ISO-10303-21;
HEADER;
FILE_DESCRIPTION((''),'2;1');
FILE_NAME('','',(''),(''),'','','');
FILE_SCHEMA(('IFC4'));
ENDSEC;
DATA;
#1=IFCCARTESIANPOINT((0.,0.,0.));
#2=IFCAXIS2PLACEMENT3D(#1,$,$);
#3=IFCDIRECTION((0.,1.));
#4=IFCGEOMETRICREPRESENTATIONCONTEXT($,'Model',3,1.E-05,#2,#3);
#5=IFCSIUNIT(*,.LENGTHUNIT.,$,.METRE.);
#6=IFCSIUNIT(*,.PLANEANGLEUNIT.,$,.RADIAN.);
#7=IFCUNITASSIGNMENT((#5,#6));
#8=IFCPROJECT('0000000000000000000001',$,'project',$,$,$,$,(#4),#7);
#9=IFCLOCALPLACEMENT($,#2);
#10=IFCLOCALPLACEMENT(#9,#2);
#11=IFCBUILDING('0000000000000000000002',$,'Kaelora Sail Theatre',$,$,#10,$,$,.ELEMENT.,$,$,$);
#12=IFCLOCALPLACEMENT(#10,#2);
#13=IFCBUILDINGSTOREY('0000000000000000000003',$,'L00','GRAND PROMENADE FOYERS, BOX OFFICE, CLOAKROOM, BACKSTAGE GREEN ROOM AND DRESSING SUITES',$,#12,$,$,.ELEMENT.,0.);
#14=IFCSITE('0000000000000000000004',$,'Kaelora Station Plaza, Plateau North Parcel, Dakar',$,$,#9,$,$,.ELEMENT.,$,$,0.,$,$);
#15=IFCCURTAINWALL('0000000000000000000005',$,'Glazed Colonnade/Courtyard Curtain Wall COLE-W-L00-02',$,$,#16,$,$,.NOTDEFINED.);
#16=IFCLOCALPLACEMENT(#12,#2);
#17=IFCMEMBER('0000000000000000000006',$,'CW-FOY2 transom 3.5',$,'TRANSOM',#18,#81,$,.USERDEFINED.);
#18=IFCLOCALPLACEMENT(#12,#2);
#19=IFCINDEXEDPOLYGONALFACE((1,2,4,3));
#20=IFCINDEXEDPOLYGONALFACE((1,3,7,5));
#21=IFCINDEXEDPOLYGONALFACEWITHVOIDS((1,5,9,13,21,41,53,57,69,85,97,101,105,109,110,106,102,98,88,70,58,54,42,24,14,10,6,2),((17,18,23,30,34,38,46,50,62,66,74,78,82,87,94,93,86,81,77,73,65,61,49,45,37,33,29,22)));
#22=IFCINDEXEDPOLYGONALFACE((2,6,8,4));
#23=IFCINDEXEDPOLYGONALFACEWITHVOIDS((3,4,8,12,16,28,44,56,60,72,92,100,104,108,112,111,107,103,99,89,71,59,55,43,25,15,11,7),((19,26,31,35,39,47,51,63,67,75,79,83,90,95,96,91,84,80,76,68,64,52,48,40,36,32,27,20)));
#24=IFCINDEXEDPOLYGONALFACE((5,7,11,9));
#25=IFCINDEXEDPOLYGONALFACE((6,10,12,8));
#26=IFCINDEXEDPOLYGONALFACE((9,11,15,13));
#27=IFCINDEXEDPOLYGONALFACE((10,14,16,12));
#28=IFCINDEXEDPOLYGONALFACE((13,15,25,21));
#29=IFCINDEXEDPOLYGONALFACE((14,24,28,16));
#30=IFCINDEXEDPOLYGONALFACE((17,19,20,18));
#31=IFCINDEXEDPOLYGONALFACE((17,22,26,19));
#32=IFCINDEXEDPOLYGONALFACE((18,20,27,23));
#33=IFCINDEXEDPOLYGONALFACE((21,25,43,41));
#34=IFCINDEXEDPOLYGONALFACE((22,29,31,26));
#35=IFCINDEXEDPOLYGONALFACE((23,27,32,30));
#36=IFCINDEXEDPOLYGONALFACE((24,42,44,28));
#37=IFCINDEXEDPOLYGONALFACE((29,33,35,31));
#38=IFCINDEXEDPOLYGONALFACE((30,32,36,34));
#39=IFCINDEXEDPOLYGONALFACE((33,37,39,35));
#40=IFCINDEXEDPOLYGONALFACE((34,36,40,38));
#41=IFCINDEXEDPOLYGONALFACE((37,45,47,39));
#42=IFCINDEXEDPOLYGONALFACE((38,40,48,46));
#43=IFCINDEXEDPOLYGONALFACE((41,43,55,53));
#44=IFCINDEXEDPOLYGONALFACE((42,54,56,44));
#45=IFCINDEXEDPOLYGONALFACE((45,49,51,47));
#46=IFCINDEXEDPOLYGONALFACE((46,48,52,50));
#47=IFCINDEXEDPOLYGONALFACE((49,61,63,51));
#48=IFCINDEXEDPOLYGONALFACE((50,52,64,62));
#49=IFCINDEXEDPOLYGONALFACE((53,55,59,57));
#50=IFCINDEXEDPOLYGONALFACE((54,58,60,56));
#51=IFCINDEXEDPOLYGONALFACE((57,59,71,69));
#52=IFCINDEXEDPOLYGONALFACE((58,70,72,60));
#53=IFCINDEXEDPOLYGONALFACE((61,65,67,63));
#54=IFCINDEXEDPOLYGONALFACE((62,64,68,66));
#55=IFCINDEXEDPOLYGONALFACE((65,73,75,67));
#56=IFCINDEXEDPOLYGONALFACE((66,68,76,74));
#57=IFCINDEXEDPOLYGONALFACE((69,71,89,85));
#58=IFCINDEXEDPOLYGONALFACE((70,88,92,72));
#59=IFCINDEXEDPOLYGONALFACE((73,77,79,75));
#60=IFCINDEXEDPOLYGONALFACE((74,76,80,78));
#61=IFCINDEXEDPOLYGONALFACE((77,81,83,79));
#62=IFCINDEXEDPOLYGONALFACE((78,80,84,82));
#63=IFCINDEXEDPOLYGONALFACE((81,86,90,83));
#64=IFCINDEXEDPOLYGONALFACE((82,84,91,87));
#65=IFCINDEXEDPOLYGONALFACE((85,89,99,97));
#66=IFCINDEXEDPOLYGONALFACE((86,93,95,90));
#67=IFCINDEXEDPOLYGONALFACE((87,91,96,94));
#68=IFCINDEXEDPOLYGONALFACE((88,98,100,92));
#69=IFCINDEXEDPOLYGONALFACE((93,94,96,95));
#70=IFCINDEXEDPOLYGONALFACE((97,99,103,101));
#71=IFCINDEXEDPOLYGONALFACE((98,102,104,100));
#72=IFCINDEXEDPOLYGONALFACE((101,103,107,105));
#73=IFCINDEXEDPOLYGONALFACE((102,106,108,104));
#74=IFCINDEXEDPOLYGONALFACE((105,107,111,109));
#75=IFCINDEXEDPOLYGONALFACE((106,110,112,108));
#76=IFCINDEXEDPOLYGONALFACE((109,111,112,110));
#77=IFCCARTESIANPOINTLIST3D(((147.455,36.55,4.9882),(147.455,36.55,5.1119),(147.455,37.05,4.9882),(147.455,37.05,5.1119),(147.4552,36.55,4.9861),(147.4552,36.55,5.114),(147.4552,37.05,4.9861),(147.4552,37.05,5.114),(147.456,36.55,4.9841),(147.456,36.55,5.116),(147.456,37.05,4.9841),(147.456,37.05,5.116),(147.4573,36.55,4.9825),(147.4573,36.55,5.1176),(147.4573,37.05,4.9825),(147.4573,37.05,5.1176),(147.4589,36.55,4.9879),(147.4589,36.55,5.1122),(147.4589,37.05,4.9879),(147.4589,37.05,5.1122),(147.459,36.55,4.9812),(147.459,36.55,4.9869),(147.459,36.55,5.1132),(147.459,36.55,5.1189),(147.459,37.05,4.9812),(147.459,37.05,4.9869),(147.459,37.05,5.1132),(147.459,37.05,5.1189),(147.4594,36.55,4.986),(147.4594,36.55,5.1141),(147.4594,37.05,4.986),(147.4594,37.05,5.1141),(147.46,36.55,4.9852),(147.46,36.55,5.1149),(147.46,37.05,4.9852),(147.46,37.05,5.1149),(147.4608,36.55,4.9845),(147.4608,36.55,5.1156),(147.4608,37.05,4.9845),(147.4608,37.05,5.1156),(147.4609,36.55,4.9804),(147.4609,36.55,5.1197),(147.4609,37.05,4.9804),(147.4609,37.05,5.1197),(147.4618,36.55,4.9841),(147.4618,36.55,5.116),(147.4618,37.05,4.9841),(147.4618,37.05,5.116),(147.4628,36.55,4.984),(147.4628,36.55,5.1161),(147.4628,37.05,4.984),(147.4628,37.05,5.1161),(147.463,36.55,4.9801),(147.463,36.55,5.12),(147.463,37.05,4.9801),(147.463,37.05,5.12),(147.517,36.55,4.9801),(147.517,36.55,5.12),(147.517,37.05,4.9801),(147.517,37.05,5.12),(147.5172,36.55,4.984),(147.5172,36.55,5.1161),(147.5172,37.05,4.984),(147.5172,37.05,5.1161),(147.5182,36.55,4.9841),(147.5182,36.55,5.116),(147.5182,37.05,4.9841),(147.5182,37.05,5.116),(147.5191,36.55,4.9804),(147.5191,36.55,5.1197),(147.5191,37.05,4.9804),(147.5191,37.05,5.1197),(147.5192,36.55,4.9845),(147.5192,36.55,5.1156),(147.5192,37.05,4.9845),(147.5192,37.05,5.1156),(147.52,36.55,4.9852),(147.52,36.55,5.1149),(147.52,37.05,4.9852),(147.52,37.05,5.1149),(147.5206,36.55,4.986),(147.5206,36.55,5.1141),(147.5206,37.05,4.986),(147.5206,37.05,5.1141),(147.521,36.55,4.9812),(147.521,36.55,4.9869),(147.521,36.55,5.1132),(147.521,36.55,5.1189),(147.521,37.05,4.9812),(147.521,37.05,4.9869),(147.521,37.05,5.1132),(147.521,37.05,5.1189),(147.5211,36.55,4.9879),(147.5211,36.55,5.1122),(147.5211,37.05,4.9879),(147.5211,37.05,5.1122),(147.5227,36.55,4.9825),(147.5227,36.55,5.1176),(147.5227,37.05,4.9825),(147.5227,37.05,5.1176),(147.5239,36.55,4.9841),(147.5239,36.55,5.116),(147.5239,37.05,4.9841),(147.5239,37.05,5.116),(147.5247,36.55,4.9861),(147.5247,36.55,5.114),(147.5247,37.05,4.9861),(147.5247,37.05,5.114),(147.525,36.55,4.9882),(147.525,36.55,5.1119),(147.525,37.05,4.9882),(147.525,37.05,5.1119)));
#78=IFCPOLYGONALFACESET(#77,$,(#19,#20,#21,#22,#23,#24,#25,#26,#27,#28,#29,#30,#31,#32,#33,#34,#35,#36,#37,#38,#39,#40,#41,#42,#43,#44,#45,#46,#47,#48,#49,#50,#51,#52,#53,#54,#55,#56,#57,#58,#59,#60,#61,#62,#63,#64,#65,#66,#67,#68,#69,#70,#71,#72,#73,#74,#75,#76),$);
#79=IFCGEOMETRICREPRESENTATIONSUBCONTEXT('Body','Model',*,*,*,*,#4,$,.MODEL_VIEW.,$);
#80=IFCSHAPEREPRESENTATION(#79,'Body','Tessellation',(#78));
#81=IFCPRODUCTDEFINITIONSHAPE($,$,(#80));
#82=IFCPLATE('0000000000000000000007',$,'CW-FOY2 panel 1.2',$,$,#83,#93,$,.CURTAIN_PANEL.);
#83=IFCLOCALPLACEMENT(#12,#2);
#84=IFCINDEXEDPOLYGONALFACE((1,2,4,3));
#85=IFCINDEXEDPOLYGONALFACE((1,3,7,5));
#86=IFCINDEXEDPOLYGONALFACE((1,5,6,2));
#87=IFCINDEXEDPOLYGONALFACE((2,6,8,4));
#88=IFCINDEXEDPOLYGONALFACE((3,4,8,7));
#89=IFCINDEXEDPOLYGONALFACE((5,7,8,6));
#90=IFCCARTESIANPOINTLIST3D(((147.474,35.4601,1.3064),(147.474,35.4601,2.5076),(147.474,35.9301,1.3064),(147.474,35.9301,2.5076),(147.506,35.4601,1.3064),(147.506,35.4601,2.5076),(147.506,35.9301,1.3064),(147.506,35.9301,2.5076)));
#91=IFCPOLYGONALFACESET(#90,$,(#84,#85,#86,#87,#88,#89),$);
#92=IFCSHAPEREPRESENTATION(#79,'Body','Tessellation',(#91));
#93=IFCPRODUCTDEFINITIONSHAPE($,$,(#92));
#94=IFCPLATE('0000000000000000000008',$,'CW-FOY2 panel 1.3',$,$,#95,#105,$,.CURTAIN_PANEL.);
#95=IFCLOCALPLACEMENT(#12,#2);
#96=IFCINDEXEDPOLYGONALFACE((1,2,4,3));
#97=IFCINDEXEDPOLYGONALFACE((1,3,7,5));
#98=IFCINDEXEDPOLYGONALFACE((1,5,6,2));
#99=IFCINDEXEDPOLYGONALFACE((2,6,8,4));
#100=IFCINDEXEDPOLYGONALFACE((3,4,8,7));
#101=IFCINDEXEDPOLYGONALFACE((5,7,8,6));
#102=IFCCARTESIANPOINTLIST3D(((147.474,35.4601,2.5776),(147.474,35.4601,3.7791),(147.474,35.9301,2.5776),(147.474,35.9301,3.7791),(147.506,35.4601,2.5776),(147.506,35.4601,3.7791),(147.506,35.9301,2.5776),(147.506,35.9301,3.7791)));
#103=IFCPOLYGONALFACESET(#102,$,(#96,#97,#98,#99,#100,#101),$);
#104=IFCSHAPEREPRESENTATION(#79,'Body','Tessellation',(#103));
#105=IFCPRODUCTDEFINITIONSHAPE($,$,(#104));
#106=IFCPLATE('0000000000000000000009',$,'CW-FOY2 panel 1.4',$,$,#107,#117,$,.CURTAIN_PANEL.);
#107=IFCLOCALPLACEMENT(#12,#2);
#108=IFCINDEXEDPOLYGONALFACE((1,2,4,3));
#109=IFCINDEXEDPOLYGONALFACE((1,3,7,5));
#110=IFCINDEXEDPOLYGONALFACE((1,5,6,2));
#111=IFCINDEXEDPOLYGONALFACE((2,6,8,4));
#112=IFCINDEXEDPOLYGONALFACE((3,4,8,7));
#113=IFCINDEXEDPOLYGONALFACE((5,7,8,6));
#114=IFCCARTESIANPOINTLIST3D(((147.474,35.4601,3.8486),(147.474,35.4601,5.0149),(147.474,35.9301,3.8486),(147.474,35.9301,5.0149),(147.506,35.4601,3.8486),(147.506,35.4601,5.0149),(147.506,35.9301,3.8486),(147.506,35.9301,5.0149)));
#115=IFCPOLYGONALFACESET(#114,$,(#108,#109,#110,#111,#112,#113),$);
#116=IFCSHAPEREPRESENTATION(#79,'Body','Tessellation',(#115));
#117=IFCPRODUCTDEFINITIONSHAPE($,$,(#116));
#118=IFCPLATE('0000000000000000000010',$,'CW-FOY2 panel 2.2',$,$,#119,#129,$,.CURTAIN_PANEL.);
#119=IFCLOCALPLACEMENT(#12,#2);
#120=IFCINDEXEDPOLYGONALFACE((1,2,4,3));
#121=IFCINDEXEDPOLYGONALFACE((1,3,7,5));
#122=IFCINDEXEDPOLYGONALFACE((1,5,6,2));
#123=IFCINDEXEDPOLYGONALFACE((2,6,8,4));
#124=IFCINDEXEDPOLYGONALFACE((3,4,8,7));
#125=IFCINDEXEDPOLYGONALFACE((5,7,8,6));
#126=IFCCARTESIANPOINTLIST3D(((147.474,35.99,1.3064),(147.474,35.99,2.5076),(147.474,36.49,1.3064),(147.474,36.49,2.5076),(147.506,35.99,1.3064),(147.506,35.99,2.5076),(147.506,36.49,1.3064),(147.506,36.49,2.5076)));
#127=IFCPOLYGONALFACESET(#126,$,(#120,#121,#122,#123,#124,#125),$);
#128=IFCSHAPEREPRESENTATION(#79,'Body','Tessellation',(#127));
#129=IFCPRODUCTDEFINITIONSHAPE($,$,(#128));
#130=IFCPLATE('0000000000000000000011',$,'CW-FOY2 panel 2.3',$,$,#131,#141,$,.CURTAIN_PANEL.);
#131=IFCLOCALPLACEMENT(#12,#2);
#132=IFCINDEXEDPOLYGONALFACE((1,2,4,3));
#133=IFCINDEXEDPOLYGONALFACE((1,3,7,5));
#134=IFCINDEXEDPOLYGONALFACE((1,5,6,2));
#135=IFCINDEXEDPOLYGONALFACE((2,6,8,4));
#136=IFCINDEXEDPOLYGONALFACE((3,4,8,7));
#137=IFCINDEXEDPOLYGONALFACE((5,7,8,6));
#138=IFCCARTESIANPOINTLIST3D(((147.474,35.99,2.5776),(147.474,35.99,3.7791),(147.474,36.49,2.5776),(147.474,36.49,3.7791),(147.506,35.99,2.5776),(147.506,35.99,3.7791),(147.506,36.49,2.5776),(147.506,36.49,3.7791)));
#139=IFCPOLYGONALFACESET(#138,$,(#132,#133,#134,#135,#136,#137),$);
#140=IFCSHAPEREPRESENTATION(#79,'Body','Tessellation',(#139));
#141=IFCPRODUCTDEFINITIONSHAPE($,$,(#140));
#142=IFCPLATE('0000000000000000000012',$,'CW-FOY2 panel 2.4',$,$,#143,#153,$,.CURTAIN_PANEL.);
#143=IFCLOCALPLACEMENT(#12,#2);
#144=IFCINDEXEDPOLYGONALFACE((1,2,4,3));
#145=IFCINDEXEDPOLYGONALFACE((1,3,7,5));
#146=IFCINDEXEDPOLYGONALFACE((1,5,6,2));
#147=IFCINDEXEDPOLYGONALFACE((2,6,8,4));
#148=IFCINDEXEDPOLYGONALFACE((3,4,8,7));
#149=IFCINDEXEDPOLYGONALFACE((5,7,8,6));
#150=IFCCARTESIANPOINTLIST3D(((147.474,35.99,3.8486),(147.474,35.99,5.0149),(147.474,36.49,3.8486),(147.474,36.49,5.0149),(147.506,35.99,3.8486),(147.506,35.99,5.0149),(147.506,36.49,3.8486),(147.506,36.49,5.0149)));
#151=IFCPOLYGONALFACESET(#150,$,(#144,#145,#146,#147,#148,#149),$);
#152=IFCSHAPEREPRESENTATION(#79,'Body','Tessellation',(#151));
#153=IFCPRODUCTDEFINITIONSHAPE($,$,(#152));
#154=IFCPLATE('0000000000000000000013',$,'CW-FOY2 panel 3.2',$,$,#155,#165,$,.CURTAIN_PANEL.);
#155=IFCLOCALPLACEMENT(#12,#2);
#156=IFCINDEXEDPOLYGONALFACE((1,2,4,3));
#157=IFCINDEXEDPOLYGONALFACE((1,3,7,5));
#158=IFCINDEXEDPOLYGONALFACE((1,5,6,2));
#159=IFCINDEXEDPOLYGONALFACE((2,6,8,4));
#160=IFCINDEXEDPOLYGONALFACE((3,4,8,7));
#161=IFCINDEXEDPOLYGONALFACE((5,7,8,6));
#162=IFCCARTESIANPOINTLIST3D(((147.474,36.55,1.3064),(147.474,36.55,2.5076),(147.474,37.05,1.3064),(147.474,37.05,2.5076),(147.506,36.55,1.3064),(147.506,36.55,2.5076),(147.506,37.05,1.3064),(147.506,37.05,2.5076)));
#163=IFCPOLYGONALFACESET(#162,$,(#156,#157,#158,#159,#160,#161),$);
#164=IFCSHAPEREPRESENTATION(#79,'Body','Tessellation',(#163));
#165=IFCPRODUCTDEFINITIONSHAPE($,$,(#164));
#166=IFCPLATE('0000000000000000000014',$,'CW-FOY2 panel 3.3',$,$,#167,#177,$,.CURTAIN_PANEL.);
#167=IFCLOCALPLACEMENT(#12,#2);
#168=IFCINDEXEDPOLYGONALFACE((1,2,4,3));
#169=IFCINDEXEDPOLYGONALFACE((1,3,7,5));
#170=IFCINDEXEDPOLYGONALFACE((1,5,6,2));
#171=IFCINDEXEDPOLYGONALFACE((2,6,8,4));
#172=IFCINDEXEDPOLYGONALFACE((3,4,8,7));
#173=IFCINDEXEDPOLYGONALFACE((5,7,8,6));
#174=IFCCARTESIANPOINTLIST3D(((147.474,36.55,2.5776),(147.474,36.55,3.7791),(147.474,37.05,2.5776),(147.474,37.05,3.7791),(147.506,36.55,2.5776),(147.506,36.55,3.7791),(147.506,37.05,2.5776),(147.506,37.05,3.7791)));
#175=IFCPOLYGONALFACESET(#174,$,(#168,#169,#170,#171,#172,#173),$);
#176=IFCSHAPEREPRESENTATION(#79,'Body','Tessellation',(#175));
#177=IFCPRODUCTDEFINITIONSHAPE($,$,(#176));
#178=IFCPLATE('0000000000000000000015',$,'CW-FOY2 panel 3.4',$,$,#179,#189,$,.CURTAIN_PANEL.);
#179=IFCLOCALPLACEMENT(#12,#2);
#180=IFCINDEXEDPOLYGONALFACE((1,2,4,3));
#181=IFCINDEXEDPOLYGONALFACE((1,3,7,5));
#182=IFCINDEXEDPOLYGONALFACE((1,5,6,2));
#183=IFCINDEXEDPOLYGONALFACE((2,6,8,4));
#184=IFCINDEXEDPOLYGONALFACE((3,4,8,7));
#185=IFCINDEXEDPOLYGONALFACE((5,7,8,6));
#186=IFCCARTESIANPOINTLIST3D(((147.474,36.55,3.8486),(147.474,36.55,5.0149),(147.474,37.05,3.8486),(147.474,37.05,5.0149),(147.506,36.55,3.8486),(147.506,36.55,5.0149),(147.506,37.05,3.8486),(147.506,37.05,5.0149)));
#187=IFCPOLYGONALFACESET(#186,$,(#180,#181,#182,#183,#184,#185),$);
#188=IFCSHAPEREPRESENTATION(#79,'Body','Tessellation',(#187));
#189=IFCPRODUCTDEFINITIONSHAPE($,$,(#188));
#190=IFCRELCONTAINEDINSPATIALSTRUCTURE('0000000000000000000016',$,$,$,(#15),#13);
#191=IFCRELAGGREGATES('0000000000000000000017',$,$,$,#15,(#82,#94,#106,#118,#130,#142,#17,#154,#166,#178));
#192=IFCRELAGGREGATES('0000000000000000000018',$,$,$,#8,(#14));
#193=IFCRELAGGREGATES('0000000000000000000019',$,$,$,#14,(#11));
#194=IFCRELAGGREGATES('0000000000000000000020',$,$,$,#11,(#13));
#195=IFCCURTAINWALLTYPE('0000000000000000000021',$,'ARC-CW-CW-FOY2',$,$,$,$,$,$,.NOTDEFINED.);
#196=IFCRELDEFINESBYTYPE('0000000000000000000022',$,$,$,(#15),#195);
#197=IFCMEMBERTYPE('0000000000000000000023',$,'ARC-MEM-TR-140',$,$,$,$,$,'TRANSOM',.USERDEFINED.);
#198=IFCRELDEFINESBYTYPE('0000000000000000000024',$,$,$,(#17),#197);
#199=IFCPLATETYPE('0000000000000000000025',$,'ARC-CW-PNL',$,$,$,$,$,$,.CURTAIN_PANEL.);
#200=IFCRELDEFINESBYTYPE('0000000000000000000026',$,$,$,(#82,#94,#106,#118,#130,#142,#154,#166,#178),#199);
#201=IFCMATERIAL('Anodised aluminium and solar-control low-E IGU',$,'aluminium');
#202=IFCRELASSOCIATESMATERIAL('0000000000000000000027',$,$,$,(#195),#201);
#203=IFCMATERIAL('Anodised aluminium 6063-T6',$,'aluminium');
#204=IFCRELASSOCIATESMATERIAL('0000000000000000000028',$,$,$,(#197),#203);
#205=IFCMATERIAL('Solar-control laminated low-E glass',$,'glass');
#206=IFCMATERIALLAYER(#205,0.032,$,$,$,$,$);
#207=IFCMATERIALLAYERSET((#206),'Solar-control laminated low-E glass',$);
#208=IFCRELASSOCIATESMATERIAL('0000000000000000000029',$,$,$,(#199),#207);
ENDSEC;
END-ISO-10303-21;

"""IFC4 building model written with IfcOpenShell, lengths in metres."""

from ifc_helpers import new_model, si_unit, direction, frame, origin, origin_2d, place, context, subcontext, project, spatial, rectangle, hollow_rectangle, extrude, material, layer, layer_set, material_profile, profile_set, type_object, element, aggregate, save


model = new_model("IFC4")

# Units and contexts
model_context = context("Model", 3, precision=1e-05, world=origin(), true_north=direction((0.0, 1.0)))
body_context = subcontext(model_context, "Body", "Model", "MODEL_VIEW")
ifc_project = project(units=[si_unit("LENGTHUNIT", "METRE"), si_unit("PLANEANGLEUNIT", "RADIAN")], contexts=[model_context])

# Site, building, storey
site_placement = place(None, origin())
site = spatial("IfcSite", under=ifc_project, at=site_placement, Name="Kaelora Station Plaza, Plateau North Parcel, Dakar", CompositionType="ELEMENT", RefElevation=0.0)
building_placement = place(site_placement, origin())
building = spatial("IfcBuilding", under=site, at=building_placement, Name="Kaelora Sail Theatre", CompositionType="ELEMENT")
storey_placement = place(building_placement, origin())
storey = spatial("IfcBuildingStorey", under=building, at=storey_placement, Name="L00", Description="GRAND PROMENADE FOYERS, BOX OFFICE, CLOAKROOM, BACKSTAGE GREEN ROOM AND DRESSING SUITES", CompositionType="ELEMENT", Elevation=0.0)

# Curtain wall, member, plates
ifc_material_1 = material(Name="Anodised aluminium and solar-control low-E IGU", Category="aluminium")
curtain_wall_type = type_object("IfcCurtainWallType", Name="ARC-CW-CW-FOY2", PredefinedType="NOTDEFINED", material=ifc_material_1)
curtain_wall_placement = place(storey_placement, origin())
curtain_wall = element("IfcCurtainWall", 1, at=curtain_wall_placement, inside=storey, type_object=curtain_wall_type, Name="Glazed Colonnade/Courtyard Curtain Wall COLE-W-L00-02", PredefinedType="NOTDEFINED")
ifc_material_2 = material(Name="Anodised aluminium 6063-T6", Category="aluminium")
ifc_material_profile_1 = material_profile(ifc_material_2, hollow_rectangle(XDim=0.0701, YDim=0.1399, WallThickness=0.0039, InnerFilletRadius=0.0039, OuterFilletRadius=0.0081, at=origin_2d()), Name="ALU-TRAN 70x140x4")
ifc_profile_set_1 = profile_set([ifc_material_profile_1], Name="Anodised aluminium 6063-T6")
member_type_1 = type_object("IfcMemberType", Name="ARC-MEM-TR-140", ElementType="TRANSOM", PredefinedType="USERDEFINED", material=ifc_profile_set_1)
member_1_placement = place(storey_placement, frame((147.49, 36.55, 5.05), z_axis=(0.0, 1.0, 0.0), x_axis=(-1.0, 0.0, 0.0)))
member_1 = element("IfcMember", 2, at=member_1_placement, type_object=member_type_1, Name="CW-FOY2 transom 3.5", ObjectType="TRANSOM", PredefinedType="USERDEFINED", context=body_context, shape_type="SweptSolid", body=[
    extrude(hollow_rectangle(XDim=0.0701, YDim=0.1399, WallThickness=0.0039, InnerFilletRadius=0.0039, OuterFilletRadius=0.0081, at=origin_2d()), origin(), (0.0, 0.0, 1.0), 0.5),
])
ifc_material_3 = material(Name="Solar-control laminated low-E glass", Category="glass")
ifc_layer = layer(ifc_material_3, 0.032)
ifc_layer_set = layer_set([ifc_layer], Name="Solar-control laminated low-E glass")
plate_type = type_object("IfcPlateType", Name="ARC-CW-PNL", PredefinedType="CURTAIN_PANEL", material=ifc_layer_set)
plate_1_placement = place(storey_placement, frame((147.49, 35.6951, 1.3064), z_axis=(0.0, 0.0, 1.0), x_axis=(0.0, 1.0, 0.0)))
plate_1 = element("IfcPlate", 3, at=plate_1_placement, type_object=plate_type, Name="CW-FOY2 panel 1.2", PredefinedType="CURTAIN_PANEL", context=body_context, shape_type="SweptSolid", body=[
    extrude(rectangle(XDim=0.47, YDim=0.032, at=origin_2d()), origin(), (0.0, 0.0, 1.0), 1.2012),
])
plate_2_placement = place(storey_placement, frame((147.49, 35.6951, 2.5776), z_axis=(0.0, 0.0, 1.0), x_axis=(0.0, 1.0, 0.0)))
plate_2 = element("IfcPlate", 4, at=plate_2_placement, type_object=plate_type, Name="CW-FOY2 panel 1.3", PredefinedType="CURTAIN_PANEL", context=body_context, shape_type="SweptSolid", body=[
    extrude(rectangle(XDim=0.47, YDim=0.032, at=origin_2d()), origin(), (0.0, 0.0, 1.0), 1.2014),
])
plate_3_placement = place(storey_placement, frame((147.49, 35.6951, 3.8486), z_axis=(0.0, 0.0, 1.0), x_axis=(0.0, 1.0, 0.0)))
plate_3 = element("IfcPlate", 5, at=plate_3_placement, type_object=plate_type, Name="CW-FOY2 panel 1.4", PredefinedType="CURTAIN_PANEL", context=body_context, shape_type="SweptSolid", body=[
    extrude(rectangle(XDim=0.47, YDim=0.032, at=origin_2d()), origin(), (0.0, 0.0, 1.0), 1.1663),
])
plate_4_placement = place(storey_placement, frame((147.49, 36.24, 1.3064), z_axis=(0.0, 0.0, 1.0), x_axis=(0.0, 1.0, 0.0)))
plate_4 = element("IfcPlate", 6, at=plate_4_placement, type_object=plate_type, Name="CW-FOY2 panel 2.2", PredefinedType="CURTAIN_PANEL", context=body_context, shape_type="SweptSolid", body=[
    extrude(rectangle(XDim=0.5, YDim=0.032, at=origin_2d()), origin(), (0.0, 0.0, 1.0), 1.2012),
])
plate_5_placement = place(storey_placement, frame((147.49, 36.24, 2.5776), z_axis=(0.0, 0.0, 1.0), x_axis=(0.0, 1.0, 0.0)))
plate_5 = element("IfcPlate", 7, at=plate_5_placement, type_object=plate_type, Name="CW-FOY2 panel 2.3", PredefinedType="CURTAIN_PANEL", context=body_context, shape_type="SweptSolid", body=[
    extrude(rectangle(XDim=0.5, YDim=0.032, at=origin_2d()), origin(), (0.0, 0.0, 1.0), 1.2014),
])
plate_6_placement = place(storey_placement, frame((147.49, 36.24, 3.8486), z_axis=(0.0, 0.0, 1.0), x_axis=(0.0, 1.0, 0.0)))
plate_6 = element("IfcPlate", 8, at=plate_6_placement, type_object=plate_type, Name="CW-FOY2 panel 2.4", PredefinedType="CURTAIN_PANEL", context=body_context, shape_type="SweptSolid", body=[
    extrude(rectangle(XDim=0.5, YDim=0.032, at=origin_2d()), origin(), (0.0, 0.0, 1.0), 1.1663),
])
plate_7_placement = place(storey_placement, frame((147.49, 36.8, 1.3064), z_axis=(0.0, 0.0, 1.0), x_axis=(0.0, 1.0, 0.0)))
plate_7 = element("IfcPlate", 9, at=plate_7_placement, type_object=plate_type, Name="CW-FOY2 panel 3.2", PredefinedType="CURTAIN_PANEL", context=body_context, shape_type="SweptSolid", body=[
    extrude(rectangle(XDim=0.5, YDim=0.032, at=origin_2d()), origin(), (0.0, 0.0, 1.0), 1.2012),
])
plate_8_placement = place(storey_placement, frame((147.49, 36.8, 2.5776), z_axis=(0.0, 0.0, 1.0), x_axis=(0.0, 1.0, 0.0)))
plate_8 = element("IfcPlate", 10, at=plate_8_placement, type_object=plate_type, Name="CW-FOY2 panel 3.3", PredefinedType="CURTAIN_PANEL", context=body_context, shape_type="SweptSolid", body=[
    extrude(rectangle(XDim=0.5, YDim=0.032, at=origin_2d()), origin(), (0.0, 0.0, 1.0), 1.2014),
])
plate_9_placement = place(storey_placement, frame((147.49, 36.8, 3.8486), z_axis=(0.0, 0.0, 1.0), x_axis=(0.0, 1.0, 0.0)))
plate_9 = element("IfcPlate", 11, at=plate_9_placement, type_object=plate_type, Name="CW-FOY2 panel 3.4", PredefinedType="CURTAIN_PANEL", context=body_context, shape_type="SweptSolid", body=[
    extrude(rectangle(XDim=0.5, YDim=0.032, at=origin_2d()), origin(), (0.0, 0.0, 1.0), 1.1663),
])
aggregate(curtain_wall, [plate_1, plate_2, plate_3, plate_4, plate_5, plate_6, member_1, plate_7, plate_8, plate_9])

save(model, "model.ifc")
